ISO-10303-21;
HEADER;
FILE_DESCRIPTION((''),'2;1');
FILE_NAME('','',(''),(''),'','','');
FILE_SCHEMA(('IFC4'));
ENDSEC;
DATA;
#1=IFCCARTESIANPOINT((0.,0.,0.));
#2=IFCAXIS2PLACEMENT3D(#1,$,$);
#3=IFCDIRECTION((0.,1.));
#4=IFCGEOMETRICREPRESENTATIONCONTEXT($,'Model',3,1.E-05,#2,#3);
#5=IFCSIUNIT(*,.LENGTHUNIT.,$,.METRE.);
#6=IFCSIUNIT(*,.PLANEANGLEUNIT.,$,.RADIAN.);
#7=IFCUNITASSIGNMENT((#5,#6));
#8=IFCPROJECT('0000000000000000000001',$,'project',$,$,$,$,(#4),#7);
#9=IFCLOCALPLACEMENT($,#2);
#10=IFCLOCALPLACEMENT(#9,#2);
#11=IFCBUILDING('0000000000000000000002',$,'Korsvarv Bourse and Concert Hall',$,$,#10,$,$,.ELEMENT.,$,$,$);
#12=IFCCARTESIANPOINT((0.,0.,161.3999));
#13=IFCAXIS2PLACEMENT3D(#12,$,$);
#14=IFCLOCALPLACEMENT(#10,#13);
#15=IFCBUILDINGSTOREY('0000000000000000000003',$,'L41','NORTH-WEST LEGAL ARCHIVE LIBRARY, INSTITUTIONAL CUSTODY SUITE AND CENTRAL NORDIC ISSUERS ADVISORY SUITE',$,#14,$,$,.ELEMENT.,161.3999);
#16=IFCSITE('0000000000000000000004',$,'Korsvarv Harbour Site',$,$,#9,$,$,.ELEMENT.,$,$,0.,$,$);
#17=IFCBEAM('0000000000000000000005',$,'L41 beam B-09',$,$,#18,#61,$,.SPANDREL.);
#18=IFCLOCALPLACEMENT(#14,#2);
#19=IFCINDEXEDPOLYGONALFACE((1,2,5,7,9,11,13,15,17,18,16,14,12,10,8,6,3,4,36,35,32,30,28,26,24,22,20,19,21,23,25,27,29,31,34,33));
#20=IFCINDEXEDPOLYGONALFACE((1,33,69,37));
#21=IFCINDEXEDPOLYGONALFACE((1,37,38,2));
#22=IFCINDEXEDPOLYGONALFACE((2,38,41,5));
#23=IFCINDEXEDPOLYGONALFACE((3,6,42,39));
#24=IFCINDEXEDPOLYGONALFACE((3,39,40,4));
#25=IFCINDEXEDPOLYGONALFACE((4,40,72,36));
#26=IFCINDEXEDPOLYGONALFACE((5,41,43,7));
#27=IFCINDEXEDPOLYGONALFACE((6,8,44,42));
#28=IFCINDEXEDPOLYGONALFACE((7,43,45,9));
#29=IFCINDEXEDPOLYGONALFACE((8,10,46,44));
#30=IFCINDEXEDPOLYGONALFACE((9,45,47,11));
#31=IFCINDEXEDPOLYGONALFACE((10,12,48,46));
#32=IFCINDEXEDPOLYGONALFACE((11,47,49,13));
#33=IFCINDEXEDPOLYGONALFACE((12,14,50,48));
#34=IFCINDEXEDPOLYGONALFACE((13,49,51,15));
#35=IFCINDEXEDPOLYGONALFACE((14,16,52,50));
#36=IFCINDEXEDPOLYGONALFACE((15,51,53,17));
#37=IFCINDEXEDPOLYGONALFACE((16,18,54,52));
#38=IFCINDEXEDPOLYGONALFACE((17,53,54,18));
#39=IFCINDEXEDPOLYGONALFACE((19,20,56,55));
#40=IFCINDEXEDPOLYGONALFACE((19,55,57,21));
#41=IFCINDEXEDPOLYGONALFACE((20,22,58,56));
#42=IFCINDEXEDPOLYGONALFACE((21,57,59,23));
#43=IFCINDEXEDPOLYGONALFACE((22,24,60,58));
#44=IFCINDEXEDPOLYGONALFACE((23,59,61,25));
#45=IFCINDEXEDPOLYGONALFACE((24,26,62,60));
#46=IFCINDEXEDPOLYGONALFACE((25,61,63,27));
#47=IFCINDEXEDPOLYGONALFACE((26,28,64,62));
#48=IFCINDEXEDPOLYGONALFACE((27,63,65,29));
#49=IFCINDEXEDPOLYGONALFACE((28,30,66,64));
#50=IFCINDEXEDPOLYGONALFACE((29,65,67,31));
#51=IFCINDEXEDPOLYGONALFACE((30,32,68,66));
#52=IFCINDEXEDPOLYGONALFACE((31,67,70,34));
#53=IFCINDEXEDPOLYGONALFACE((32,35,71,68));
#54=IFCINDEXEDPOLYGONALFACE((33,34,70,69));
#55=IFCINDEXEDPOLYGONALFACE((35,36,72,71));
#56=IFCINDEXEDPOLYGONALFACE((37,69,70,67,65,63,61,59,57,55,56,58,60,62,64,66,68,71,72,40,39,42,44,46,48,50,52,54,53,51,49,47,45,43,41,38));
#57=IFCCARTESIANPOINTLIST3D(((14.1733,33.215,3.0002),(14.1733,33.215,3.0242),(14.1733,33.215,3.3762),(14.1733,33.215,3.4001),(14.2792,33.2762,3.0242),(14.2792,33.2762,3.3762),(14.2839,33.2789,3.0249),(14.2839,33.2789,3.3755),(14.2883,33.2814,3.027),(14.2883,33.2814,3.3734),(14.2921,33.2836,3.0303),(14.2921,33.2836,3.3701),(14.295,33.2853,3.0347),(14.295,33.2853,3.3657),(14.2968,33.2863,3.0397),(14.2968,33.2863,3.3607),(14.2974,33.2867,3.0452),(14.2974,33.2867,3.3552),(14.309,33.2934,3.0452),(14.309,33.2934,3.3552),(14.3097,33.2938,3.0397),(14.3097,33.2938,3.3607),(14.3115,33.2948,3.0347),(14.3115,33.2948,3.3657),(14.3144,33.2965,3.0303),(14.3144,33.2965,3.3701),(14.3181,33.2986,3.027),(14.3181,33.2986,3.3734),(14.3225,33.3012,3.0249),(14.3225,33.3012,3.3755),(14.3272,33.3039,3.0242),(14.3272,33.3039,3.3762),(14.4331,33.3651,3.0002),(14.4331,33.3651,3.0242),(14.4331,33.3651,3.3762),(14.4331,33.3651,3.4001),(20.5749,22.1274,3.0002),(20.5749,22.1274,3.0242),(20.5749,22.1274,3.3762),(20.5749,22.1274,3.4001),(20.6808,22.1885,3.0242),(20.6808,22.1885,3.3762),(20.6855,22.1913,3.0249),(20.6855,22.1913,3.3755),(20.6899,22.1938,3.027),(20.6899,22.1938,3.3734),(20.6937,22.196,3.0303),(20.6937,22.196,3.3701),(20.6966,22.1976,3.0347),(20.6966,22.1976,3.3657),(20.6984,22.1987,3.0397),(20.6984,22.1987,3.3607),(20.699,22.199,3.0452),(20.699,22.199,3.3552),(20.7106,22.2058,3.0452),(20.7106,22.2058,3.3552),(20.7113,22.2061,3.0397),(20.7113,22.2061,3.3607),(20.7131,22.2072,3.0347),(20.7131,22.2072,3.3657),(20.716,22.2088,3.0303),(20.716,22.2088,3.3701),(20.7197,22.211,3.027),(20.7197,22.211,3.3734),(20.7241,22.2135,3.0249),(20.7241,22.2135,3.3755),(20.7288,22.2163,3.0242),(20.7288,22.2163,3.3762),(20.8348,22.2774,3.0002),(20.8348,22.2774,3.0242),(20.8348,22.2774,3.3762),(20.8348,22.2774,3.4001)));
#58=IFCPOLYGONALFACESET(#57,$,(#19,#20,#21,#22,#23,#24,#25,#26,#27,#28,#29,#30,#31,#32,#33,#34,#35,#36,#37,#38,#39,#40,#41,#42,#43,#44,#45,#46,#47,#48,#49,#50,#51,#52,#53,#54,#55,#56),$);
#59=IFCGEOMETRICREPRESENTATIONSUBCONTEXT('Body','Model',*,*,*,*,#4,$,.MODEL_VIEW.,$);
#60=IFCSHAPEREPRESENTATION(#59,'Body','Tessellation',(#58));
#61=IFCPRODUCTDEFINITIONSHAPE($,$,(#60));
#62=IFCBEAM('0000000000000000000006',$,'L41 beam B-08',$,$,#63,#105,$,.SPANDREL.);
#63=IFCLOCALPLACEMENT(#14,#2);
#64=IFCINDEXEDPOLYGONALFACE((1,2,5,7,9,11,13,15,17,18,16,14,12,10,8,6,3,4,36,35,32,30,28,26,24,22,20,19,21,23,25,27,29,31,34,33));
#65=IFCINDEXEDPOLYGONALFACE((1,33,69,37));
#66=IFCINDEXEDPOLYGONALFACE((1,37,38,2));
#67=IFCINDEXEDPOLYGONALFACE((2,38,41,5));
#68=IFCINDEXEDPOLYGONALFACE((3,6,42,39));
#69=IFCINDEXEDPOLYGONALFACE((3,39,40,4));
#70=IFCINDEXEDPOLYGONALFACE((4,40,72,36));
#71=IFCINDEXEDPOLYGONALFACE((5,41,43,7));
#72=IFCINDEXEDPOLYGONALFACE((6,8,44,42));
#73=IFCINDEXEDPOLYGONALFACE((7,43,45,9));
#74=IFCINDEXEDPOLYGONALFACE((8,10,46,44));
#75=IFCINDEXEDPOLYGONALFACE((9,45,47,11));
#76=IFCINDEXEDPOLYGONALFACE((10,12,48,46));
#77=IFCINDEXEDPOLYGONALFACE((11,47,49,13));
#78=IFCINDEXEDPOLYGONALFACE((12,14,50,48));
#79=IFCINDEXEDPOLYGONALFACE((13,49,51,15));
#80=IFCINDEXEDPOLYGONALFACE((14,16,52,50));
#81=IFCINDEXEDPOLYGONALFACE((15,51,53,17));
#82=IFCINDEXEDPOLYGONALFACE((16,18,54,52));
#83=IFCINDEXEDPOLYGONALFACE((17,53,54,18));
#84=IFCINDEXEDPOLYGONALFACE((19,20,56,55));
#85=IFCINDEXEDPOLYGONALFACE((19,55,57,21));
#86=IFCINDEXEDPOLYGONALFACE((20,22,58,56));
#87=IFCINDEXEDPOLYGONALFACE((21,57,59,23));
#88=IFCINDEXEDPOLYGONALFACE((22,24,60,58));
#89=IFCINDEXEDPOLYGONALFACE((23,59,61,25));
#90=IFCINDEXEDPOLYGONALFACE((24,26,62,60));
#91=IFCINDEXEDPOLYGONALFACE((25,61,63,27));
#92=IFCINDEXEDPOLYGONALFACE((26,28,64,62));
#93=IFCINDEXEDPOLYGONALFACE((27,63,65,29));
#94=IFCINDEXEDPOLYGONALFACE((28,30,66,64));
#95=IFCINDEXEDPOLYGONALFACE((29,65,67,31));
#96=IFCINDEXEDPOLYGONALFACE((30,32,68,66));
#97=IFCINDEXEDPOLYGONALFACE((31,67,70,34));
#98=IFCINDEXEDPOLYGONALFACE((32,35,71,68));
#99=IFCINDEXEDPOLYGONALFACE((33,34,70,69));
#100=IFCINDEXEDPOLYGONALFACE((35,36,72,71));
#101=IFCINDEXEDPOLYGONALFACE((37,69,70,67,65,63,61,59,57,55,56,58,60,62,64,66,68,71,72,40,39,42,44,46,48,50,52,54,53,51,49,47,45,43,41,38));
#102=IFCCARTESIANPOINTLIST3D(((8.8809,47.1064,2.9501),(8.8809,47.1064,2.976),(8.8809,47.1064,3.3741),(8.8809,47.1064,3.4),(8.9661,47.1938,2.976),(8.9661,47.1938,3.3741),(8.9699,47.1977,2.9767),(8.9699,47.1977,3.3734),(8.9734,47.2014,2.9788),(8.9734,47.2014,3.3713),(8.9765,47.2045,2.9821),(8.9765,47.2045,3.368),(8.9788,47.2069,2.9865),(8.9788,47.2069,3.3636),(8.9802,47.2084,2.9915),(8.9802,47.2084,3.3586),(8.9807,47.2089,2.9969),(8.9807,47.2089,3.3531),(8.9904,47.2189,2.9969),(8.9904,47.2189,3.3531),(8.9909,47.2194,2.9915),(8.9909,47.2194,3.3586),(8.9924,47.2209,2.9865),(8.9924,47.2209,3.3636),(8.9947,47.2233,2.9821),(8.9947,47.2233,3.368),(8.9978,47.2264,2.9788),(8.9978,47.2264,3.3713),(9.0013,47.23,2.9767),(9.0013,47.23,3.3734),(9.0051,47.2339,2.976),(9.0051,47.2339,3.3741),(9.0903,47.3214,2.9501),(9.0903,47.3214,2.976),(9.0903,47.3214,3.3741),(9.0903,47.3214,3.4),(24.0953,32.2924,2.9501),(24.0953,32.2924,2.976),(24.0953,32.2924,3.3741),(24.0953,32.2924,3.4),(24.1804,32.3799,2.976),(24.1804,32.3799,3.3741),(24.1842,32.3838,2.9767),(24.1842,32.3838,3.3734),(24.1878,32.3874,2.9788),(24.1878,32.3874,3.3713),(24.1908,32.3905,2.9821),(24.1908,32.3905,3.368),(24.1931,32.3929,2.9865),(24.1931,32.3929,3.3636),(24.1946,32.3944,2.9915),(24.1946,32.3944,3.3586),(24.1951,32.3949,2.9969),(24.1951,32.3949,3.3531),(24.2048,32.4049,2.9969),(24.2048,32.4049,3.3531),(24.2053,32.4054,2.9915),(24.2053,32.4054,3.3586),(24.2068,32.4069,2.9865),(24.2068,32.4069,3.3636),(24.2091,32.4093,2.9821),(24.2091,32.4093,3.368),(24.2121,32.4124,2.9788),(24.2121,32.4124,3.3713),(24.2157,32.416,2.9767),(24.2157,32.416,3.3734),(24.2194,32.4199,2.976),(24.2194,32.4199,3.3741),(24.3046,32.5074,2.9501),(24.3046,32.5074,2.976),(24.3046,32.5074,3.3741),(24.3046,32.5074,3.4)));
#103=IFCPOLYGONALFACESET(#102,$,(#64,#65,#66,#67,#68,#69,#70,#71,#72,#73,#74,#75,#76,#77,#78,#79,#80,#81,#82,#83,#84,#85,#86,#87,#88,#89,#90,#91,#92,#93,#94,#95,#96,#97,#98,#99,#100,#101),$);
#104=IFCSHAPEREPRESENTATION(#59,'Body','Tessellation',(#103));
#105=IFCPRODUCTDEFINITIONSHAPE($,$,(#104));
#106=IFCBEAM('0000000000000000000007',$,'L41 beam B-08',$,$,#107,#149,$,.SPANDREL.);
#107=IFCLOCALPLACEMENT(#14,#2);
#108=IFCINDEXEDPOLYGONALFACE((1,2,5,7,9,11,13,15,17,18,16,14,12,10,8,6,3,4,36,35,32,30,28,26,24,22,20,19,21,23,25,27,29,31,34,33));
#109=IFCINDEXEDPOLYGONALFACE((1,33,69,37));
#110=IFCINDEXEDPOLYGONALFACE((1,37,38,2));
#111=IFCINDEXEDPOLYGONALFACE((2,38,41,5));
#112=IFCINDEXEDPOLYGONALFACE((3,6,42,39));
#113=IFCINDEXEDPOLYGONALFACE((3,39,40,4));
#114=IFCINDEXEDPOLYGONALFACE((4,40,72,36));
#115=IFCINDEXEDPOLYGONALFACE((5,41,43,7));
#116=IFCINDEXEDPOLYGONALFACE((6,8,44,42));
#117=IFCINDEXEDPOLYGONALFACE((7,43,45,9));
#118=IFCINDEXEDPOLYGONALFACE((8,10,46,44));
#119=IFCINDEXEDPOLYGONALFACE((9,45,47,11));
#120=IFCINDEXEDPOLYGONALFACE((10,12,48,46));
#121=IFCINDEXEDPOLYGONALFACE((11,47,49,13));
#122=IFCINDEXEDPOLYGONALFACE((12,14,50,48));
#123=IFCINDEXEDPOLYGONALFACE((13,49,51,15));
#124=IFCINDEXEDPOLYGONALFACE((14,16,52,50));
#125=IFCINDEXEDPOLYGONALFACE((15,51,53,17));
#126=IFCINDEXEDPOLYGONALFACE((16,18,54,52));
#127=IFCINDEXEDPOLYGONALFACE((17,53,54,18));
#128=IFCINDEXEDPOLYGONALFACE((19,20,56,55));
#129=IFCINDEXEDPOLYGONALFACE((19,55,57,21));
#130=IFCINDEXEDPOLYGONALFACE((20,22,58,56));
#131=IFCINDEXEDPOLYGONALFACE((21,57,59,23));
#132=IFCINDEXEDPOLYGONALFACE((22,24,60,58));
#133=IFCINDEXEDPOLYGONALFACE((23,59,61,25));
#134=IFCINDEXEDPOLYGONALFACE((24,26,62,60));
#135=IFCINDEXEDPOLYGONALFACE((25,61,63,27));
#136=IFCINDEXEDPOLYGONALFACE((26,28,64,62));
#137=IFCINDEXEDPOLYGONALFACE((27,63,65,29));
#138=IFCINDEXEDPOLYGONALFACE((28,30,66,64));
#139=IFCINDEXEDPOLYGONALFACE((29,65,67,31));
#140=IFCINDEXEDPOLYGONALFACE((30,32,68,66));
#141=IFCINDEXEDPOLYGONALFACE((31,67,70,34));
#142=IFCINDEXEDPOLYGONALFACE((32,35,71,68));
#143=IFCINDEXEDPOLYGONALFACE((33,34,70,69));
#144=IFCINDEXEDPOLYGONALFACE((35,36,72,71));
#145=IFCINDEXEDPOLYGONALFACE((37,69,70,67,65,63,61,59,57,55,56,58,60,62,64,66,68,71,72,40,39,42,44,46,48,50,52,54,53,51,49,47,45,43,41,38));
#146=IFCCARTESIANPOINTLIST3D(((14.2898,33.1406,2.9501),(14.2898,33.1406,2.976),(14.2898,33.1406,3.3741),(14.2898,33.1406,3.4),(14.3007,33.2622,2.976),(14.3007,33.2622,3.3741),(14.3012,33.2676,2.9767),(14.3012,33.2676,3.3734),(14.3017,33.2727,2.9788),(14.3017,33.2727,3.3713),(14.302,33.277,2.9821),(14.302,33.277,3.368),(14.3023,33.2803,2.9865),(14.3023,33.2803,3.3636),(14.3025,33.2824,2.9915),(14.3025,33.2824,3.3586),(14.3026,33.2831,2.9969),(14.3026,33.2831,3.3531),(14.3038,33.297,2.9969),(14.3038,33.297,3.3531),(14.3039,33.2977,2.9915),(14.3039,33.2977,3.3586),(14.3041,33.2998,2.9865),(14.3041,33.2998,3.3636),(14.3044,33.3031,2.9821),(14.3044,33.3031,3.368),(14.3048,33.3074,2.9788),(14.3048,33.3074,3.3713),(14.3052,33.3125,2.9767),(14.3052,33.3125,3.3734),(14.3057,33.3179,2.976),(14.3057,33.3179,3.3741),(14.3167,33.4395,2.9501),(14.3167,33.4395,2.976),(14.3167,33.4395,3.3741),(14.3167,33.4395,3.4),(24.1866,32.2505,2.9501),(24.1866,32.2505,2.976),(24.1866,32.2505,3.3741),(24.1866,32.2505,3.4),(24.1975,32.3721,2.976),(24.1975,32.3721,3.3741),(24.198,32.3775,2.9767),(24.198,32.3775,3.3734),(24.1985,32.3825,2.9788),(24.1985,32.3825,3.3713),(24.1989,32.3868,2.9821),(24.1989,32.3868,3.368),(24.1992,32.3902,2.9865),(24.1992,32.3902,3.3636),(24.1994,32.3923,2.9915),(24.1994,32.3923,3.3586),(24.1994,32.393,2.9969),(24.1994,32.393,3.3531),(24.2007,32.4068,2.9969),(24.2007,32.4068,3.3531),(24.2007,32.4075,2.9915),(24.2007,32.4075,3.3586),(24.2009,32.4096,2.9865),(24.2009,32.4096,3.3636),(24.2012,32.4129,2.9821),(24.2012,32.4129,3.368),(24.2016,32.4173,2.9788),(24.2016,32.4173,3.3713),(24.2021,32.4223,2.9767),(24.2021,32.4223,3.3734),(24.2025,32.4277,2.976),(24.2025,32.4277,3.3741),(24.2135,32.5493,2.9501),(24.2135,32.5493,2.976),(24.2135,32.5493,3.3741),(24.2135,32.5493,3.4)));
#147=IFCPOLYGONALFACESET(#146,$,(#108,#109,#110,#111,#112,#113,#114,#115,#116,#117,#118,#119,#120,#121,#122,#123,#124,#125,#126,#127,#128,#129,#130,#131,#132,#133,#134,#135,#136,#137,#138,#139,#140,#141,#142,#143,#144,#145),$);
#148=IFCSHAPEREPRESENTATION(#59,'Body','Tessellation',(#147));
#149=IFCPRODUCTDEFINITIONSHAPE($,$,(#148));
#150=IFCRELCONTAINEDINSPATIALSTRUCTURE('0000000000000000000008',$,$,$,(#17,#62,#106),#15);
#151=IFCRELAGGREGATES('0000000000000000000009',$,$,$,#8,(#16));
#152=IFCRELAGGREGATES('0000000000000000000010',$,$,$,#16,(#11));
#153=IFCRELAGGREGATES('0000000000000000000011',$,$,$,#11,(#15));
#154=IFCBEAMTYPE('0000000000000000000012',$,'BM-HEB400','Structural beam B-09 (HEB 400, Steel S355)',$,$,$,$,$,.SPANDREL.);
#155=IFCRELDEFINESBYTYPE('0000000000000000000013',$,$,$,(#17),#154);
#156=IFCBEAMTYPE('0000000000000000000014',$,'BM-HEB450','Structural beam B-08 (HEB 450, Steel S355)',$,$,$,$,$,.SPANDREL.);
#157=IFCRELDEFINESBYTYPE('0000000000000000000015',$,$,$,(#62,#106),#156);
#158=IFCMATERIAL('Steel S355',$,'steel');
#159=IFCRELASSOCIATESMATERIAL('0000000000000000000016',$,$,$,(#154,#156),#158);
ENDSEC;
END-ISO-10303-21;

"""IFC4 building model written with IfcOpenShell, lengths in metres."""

from ifc_helpers import new_model, si_unit, direction, frame, origin, origin_2d, place, context, subcontext, project, spatial, i_section, extrude, source, transform, mapped, material, material_profile, profile_set, type_object, element, save


model = new_model("IFC4")

# Units and contexts
model_context = context("Model", 3, precision=1e-05, world=origin(), true_north=direction((0.0, 1.0)))
body_context = subcontext(model_context, "Body", "Model", "MODEL_VIEW")
ifc_project = project(units=[si_unit("LENGTHUNIT", "METRE"), si_unit("PLANEANGLEUNIT", "RADIAN")], contexts=[model_context])

# Site, building, storey
site_placement = place(None, origin())
site = spatial("IfcSite", under=ifc_project, at=site_placement, Name="Korsvarv Harbour Site", CompositionType="ELEMENT", RefElevation=0.0)
building_placement = place(site_placement, origin())
building = spatial("IfcBuilding", under=site, at=building_placement, Name="Korsvarv Bourse and Concert Hall", CompositionType="ELEMENT")
storey_placement = place(building_placement, frame((0.0, 0.0, 161.3999)))
storey = spatial("IfcBuildingStorey", under=building, at=storey_placement, Name="L41", Description="NORTH-WEST LEGAL ARCHIVE LIBRARY, INSTITUTIONAL CUSTODY SUITE AND CENTRAL NORDIC ISSUERS ADVISORY SUITE", CompositionType="ELEMENT", Elevation=161.3999)

# Shared definitions
ifc_material_1 = material(Name="Steel S355", Category="steel")

# Beams
ifc_material_profile_1 = material_profile(ifc_material_1, i_section(OverallWidth=0.3, OverallDepth=0.3999, WebThickness=0.0134, FlangeThickness=0.0239, FilletRadius=0.021, at=origin_2d()), Name="HEB 400")
ifc_profile_set_1 = profile_set([ifc_material_profile_1], Name="Steel S355")
beam_type_1 = type_object("IfcBeamType", Name="BM-HEB400", Description="Structural beam B-09 (HEB 400, Steel S355)", PredefinedType="SPANDREL", material=ifc_profile_set_1)
shared_shape_1 = source(origin(), body_context, "Body", "SweptSolid", [
    extrude(i_section(OverallWidth=0.3, OverallDepth=0.3999, WebThickness=0.0134, FlangeThickness=0.0239, FilletRadius=0.021, at=origin_2d()), origin(), (0.0, 0.0, 1.0), 12.803),
])
beam_1_placement = place(storey_placement, frame((14.3032, 33.29, 3.2002), z_axis=(0.500009, -0.86602, 0.0), x_axis=(0.86602, 0.500009, 0.0)))
element("IfcBeam", 1, at=beam_1_placement, inside=storey, type_object=beam_type_1, Name="L41 beam B-09", PredefinedType="SPANDREL", context=body_context, shape_type="MappedRepresentation", body=[
    mapped(shared_shape_1, transform((0.0, 0.0, 0.0), scale=1.0)),
])
ifc_material_profile_2 = material_profile(ifc_material_1, i_section(OverallWidth=0.3, OverallDepth=0.45, WebThickness=0.0139, FlangeThickness=0.0259, FilletRadius=0.021, at=origin_2d()), Name="HEB 450")
ifc_profile_set_2 = profile_set([ifc_material_profile_2], Name="Steel S355")
beam_type_2 = type_object("IfcBeamType", Name="BM-HEB450", Description="Structural beam B-08 (HEB 450, Steel S355)", PredefinedType="SPANDREL", material=ifc_profile_set_2)
shared_shape_2 = source(origin(), body_context, "Body", "SweptSolid", [
    extrude(i_section(OverallWidth=0.3, OverallDepth=0.45, WebThickness=0.0139, FlangeThickness=0.0259, FilletRadius=0.021, at=origin_2d()), origin(), (0.0, 0.0, 1.0), 21.2351),
])
beam_2_placement = place(storey_placement, frame((8.9856, 47.2139, 3.175), z_axis=(0.716471, -0.697616, 0.0), x_axis=(0.697616, 0.716471, 0.0)))
element("IfcBeam", 2, at=beam_2_placement, inside=storey, type_object=beam_type_2, Name="L41 beam B-08", PredefinedType="SPANDREL", context=body_context, shape_type="MappedRepresentation", body=[
    mapped(shared_shape_2, transform((0.0, 0.0, 0.0), scale=1.0)),
])
shared_shape_3 = source(origin(), body_context, "Body", "SweptSolid", [
    extrude(i_section(OverallWidth=0.3, OverallDepth=0.45, WebThickness=0.0139, FlangeThickness=0.0259, FilletRadius=0.021, at=origin_2d()), origin(), (0.0, 0.0, 1.0), 9.9368),
])
beam_3_placement = place(storey_placement, frame((14.3032, 33.29, 3.175), z_axis=(0.99598, -0.089581, 0.0), x_axis=(0.089581, 0.99598, 0.0)))
element("IfcBeam", 3, at=beam_3_placement, inside=storey, type_object=beam_type_2, Name="L41 beam B-08", PredefinedType="SPANDREL", context=body_context, shape_type="MappedRepresentation", body=[
    mapped(shared_shape_3, transform((0.0, 0.0, 0.0), scale=1.0)),
])

save(model, "model.ifc")
